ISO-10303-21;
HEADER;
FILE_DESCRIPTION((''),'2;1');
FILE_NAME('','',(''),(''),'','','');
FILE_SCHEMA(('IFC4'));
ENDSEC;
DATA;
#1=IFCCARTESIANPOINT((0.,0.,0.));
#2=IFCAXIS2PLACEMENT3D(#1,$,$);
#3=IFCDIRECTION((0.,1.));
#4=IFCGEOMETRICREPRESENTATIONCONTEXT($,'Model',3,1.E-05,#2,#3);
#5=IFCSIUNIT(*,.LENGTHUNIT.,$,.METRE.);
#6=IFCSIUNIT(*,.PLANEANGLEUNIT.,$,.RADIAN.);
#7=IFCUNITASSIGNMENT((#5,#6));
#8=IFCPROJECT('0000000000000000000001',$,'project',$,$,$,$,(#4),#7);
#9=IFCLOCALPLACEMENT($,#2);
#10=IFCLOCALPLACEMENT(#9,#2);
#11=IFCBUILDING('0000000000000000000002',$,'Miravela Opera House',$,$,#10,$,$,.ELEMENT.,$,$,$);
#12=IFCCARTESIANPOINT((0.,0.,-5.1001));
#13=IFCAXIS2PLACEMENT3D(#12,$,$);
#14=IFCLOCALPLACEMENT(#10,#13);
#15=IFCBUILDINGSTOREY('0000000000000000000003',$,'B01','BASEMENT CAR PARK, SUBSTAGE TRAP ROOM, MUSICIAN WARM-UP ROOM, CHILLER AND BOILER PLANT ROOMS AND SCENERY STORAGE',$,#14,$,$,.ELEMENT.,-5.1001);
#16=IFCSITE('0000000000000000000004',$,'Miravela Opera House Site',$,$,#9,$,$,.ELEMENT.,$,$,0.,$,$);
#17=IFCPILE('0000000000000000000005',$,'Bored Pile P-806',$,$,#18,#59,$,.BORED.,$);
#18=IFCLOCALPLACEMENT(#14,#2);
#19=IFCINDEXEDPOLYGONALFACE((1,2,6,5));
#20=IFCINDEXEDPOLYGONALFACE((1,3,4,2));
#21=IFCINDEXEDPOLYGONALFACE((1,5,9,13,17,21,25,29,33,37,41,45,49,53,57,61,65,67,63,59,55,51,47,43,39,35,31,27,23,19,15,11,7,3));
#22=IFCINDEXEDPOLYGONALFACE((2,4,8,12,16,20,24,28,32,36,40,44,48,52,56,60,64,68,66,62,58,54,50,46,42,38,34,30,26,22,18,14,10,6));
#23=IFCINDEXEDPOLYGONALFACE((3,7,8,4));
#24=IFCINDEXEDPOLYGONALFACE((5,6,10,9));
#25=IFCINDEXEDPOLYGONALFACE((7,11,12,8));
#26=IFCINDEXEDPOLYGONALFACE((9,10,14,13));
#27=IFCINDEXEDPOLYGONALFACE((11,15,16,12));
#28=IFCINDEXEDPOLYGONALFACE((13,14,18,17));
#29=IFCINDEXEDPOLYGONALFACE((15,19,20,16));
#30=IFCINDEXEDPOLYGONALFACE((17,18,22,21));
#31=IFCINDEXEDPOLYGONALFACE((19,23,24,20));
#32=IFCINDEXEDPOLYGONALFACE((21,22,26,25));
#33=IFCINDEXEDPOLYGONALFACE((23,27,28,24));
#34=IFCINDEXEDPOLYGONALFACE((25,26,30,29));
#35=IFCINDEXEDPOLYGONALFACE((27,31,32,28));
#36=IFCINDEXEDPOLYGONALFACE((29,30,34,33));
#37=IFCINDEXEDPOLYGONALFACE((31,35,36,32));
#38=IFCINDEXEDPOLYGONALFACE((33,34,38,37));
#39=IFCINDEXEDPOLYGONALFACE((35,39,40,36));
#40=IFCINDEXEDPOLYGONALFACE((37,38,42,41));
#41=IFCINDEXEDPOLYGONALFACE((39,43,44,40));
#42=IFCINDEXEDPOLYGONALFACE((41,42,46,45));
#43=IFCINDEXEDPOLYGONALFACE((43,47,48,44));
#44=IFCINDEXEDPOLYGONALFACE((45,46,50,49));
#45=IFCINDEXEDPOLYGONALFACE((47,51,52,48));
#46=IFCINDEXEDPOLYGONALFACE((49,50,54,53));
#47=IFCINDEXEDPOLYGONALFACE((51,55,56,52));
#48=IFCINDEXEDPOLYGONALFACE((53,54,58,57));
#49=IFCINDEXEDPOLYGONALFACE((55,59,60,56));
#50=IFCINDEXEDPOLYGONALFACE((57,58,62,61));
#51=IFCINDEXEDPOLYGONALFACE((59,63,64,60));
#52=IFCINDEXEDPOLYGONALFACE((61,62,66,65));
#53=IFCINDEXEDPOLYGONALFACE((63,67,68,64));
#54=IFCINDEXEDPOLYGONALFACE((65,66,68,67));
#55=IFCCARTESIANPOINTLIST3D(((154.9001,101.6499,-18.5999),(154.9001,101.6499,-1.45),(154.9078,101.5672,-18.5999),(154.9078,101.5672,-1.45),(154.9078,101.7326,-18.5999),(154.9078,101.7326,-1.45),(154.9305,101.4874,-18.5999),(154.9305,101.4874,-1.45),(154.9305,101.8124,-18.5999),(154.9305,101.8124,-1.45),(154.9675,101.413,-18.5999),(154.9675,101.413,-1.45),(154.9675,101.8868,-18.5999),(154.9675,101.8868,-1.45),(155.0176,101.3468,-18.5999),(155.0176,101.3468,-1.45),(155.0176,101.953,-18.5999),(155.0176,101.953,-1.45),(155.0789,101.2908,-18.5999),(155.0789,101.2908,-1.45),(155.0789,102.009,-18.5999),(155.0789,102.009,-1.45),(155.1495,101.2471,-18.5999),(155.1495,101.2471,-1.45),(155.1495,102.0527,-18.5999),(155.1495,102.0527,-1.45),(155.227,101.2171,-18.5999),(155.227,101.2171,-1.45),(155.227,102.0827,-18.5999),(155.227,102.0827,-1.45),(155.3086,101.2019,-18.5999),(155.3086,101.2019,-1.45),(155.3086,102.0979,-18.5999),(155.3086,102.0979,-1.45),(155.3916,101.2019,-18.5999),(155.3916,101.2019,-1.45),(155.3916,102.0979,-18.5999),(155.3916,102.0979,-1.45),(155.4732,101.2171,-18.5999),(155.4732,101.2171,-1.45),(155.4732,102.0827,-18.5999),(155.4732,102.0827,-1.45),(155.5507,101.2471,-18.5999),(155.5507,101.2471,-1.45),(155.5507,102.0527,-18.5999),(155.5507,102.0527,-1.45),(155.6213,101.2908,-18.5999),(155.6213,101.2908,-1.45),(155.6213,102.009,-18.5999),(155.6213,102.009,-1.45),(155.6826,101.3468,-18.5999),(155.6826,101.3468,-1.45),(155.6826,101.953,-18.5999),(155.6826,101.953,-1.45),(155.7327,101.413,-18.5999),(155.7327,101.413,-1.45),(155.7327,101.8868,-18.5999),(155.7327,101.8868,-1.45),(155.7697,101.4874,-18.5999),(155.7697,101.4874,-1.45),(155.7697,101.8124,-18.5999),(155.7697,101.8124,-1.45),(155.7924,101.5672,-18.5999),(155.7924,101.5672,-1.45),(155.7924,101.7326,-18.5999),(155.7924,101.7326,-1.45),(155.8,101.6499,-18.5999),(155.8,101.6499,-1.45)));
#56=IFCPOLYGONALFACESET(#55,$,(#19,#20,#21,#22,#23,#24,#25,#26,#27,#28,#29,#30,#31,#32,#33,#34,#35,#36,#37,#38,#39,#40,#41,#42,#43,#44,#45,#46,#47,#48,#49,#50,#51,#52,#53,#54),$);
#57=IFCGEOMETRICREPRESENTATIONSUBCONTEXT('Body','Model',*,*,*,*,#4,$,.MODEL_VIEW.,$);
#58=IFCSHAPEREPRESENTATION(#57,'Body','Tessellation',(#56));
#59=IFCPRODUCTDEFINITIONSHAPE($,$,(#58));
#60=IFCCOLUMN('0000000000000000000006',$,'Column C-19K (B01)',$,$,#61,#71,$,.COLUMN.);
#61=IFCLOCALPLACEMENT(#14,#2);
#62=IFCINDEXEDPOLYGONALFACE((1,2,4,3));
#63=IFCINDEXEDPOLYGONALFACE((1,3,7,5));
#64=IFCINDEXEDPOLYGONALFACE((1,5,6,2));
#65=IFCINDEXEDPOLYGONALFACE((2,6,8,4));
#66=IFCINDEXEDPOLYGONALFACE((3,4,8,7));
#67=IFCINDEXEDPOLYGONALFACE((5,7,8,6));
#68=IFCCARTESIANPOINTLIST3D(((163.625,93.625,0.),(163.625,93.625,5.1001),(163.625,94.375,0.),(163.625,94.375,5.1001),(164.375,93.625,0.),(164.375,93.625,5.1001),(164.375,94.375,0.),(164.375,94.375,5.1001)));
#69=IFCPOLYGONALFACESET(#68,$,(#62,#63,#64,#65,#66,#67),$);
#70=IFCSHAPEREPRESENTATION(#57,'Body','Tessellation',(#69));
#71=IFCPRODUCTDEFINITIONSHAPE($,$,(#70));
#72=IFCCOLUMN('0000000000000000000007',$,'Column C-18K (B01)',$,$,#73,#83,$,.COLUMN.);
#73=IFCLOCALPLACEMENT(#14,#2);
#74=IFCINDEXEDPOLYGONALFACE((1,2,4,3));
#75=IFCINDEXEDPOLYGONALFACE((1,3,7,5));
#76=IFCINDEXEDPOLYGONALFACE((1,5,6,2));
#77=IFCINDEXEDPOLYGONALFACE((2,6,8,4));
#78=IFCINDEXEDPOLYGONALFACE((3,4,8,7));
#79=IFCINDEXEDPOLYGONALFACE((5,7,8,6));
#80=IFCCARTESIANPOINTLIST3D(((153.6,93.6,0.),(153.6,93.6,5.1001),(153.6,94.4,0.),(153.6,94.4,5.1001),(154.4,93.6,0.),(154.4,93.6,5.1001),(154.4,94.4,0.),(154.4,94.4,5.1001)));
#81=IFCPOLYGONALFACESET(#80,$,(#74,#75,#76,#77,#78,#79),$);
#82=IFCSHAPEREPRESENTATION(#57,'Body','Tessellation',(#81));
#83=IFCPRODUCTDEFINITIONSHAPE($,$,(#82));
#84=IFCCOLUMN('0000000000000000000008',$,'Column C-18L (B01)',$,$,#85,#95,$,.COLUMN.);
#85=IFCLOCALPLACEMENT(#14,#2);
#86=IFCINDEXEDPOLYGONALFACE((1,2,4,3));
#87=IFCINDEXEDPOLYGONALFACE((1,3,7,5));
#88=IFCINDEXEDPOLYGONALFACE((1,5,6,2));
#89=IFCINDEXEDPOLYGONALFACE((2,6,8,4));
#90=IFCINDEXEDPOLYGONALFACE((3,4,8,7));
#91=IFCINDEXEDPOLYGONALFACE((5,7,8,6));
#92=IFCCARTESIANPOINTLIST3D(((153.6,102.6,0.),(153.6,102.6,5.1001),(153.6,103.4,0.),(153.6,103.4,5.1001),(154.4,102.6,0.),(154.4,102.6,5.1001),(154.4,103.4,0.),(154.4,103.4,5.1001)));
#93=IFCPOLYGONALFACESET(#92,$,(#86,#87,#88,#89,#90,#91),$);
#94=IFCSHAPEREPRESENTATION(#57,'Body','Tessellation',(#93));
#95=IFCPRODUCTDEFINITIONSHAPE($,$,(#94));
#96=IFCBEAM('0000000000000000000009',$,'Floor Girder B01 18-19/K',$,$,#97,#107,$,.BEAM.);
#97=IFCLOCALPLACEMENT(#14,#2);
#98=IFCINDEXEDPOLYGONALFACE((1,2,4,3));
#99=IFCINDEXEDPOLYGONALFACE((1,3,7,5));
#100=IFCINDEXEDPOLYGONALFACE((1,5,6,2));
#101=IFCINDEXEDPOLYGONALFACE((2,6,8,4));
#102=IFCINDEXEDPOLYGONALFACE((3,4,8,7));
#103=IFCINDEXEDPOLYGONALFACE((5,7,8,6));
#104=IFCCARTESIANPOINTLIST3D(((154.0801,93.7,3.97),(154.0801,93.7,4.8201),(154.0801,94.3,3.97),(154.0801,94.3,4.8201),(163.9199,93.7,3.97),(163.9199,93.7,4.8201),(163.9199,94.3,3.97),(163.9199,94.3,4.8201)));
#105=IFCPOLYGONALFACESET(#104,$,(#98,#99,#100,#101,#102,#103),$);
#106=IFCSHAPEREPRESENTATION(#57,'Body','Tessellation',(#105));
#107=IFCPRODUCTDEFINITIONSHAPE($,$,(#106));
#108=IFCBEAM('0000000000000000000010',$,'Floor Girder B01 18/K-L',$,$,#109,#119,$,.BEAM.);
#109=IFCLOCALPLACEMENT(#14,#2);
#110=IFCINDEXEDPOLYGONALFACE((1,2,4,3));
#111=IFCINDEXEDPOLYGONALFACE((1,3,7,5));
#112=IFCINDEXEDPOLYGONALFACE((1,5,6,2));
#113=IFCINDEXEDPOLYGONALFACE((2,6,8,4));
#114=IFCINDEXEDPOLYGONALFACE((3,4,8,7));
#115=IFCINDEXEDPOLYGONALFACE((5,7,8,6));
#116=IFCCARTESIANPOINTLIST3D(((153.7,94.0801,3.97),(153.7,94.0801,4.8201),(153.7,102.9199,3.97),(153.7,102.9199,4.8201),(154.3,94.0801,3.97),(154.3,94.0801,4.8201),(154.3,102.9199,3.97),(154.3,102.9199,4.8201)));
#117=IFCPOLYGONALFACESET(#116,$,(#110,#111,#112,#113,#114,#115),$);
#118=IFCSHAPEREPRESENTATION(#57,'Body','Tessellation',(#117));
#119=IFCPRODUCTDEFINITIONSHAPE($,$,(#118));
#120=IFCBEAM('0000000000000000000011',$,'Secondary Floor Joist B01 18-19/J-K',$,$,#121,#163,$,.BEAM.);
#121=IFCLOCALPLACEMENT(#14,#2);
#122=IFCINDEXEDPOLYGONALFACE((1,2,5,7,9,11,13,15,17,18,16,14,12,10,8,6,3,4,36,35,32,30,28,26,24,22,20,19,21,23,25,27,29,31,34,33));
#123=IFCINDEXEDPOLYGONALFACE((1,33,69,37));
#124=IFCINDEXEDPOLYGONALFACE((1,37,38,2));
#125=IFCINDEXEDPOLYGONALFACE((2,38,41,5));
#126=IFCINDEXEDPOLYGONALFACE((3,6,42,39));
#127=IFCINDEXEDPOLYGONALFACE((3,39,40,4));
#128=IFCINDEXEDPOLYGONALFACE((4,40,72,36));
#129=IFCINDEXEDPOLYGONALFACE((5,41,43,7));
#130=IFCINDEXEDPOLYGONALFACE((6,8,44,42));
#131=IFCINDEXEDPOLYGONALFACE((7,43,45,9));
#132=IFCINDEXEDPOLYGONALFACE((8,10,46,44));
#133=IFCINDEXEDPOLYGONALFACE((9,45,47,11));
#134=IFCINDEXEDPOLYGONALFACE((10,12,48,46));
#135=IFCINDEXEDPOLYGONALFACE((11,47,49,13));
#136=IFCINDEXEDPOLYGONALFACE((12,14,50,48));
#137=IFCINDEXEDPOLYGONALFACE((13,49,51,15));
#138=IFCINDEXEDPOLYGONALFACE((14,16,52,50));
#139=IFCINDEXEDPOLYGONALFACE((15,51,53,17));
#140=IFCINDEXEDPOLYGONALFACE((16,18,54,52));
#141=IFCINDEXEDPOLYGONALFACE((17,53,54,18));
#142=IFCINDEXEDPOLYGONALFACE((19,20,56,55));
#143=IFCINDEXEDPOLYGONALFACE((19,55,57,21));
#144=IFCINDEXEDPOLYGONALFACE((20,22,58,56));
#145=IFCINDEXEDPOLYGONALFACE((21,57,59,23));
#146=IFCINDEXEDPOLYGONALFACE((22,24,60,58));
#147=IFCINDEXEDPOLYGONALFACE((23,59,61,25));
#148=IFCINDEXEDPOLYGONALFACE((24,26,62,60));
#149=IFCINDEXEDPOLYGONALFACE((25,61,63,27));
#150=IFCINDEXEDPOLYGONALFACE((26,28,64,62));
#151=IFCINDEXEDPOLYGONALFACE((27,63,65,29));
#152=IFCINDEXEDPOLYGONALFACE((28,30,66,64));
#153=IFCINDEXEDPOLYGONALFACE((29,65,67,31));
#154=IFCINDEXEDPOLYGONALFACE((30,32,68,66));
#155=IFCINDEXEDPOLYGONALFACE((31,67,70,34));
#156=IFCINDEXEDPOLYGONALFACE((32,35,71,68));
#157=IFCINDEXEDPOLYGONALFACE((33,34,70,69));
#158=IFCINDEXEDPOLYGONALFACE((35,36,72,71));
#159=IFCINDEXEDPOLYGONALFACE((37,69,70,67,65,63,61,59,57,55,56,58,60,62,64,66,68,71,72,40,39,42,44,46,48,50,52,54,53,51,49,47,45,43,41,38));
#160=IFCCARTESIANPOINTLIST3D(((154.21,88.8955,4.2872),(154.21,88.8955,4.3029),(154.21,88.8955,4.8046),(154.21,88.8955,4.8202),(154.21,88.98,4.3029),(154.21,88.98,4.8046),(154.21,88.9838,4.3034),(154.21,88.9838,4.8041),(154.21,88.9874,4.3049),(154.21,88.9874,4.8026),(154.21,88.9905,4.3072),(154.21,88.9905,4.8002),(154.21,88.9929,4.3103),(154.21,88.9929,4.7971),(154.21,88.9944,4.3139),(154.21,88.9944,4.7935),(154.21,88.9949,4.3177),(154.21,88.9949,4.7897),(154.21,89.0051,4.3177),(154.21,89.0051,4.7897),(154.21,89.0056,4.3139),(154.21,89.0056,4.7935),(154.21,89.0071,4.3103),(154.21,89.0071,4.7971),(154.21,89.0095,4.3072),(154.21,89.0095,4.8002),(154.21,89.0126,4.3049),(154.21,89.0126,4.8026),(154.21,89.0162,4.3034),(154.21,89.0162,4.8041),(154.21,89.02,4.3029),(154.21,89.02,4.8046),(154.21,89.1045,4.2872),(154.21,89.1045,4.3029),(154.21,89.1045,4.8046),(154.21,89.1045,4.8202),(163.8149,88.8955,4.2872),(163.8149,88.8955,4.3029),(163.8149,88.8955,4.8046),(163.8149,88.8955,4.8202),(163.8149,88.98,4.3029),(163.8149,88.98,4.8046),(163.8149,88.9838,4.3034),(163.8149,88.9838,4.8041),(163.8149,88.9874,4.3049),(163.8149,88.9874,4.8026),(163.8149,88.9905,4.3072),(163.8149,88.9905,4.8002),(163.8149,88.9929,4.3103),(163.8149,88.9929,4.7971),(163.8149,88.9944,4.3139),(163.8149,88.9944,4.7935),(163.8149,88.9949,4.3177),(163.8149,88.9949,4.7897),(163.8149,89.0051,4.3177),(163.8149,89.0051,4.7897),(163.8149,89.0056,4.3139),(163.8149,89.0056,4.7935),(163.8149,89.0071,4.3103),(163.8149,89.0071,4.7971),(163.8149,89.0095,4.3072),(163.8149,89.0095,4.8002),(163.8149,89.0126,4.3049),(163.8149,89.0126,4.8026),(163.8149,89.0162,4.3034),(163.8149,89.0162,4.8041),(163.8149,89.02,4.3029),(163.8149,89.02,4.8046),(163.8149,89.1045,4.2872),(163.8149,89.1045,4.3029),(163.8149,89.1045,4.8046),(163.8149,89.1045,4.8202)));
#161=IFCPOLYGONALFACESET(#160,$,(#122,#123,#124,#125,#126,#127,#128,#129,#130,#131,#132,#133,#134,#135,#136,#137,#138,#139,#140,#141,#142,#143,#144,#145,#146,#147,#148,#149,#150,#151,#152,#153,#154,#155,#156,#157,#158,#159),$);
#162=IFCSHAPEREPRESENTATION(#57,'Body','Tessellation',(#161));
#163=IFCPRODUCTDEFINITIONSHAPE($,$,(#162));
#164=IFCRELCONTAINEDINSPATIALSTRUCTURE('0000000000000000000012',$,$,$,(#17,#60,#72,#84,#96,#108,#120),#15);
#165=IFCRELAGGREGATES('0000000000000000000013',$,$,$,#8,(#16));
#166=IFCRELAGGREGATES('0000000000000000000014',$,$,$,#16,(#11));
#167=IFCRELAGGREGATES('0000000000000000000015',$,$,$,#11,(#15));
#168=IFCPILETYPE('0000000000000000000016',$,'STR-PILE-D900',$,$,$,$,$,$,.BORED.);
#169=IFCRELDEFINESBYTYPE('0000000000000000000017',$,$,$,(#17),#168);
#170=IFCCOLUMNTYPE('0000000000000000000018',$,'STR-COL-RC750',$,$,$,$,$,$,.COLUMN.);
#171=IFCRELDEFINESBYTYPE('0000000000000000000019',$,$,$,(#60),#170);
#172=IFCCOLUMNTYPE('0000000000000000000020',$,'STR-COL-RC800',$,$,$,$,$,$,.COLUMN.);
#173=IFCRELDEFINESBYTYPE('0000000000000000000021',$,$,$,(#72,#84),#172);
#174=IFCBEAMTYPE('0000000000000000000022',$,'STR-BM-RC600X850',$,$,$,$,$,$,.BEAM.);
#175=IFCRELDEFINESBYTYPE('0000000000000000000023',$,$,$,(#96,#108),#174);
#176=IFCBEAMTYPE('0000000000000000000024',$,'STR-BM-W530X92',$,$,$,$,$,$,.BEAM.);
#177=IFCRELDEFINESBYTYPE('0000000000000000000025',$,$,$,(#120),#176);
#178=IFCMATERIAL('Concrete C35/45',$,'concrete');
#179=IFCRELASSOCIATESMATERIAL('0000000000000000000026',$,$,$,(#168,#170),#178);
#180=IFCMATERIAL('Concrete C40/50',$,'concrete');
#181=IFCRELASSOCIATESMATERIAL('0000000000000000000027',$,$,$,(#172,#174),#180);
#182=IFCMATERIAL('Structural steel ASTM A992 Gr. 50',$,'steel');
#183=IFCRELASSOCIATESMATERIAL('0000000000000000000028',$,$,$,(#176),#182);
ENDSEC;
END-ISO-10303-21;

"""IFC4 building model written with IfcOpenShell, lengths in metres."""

from ifc_helpers import new_model, si_unit, direction, frame, origin, origin_2d, place, context, subcontext, project, spatial, rectangle, circle, i_section, extrude, material, material_profile, profile_set, type_object, element, save


model = new_model("IFC4")

# Units and contexts
model_context = context("Model", 3, precision=1e-05, world=origin(), true_north=direction((0.0, 1.0)))
body_context = subcontext(model_context, "Body", "Model", "MODEL_VIEW")
ifc_project = project(units=[si_unit("LENGTHUNIT", "METRE"), si_unit("PLANEANGLEUNIT", "RADIAN")], contexts=[model_context])

# Site, building, storey
site_placement = place(None, origin())
site = spatial("IfcSite", under=ifc_project, at=site_placement, Name="Miravela Opera House Site", CompositionType="ELEMENT", RefElevation=0.0)
building_placement = place(site_placement, origin())
building = spatial("IfcBuilding", under=site, at=building_placement, Name="Miravela Opera House", CompositionType="ELEMENT")
storey_placement = place(building_placement, frame((0.0, 0.0, -5.1001)))
storey = spatial("IfcBuildingStorey", under=building, at=storey_placement, Name="B01", Description="BASEMENT CAR PARK, SUBSTAGE TRAP ROOM, MUSICIAN WARM-UP ROOM, CHILLER AND BOILER PLANT ROOMS AND SCENERY STORAGE", CompositionType="ELEMENT", Elevation=-5.1001)

# Shared definitions
ifc_material_1 = material(Name="Concrete C35/45", Category="concrete")

# Pile
ifc_material_profile_1 = material_profile(ifc_material_1, circle(Radius=0.45, at=origin_2d()), Name="PILE-D900")
ifc_profile_set_1 = profile_set([ifc_material_profile_1])
pile_type_1 = type_object("IfcPileType", Name="STR-PILE-D900", PredefinedType="BORED", material=ifc_profile_set_1)
for number, where, z_axis, x_axis, name in (
    (1, (155.3501, 101.6499, -1.45), (0.0, 0.0, -1.0), (1.0, 0.0, 0.0), "Bored Pile P-806"),
):
    element("IfcPile", number, at=place(storey_placement, frame(where, z_axis=z_axis, x_axis=x_axis)), inside=storey, type_object=pile_type_1, Name=name, PredefinedType="BORED", context=body_context, shape_type="SweptSolid", body=[
        extrude(circle(Radius=0.45, at=origin_2d()), origin(), (0.0, 0.0, 1.0), 17.1499),
    ])

# Columns
ifc_material_profile_2 = material_profile(ifc_material_1, rectangle(XDim=0.75, YDim=0.75, at=origin_2d()), Name="RC-COL-750X750")
ifc_profile_set_2 = profile_set([ifc_material_profile_2])
column_type_1 = type_object("IfcColumnType", Name="STR-COL-RC750", PredefinedType="COLUMN", material=ifc_profile_set_2)
column_placement = place(storey_placement, frame((164.0, 94.0, 0.0), z_axis=(0.0, 0.0, 1.0), x_axis=(1.0, 0.0, 0.0)))
element("IfcColumn", 2, at=column_placement, inside=storey, type_object=column_type_1, Name="Column C-19K (B01)", PredefinedType="COLUMN", context=body_context, shape_type="SweptSolid", body=[
    extrude(rectangle(XDim=0.75, YDim=0.75, at=origin_2d()), origin(), (0.0, 0.0, 1.0), 5.1001),
])
ifc_material_2 = material(Name="Concrete C40/50", Category="concrete")
ifc_material_profile_3 = material_profile(ifc_material_2, rectangle(XDim=0.8, YDim=0.8, at=origin_2d()), Name="RC-COL-800X800")
ifc_profile_set_3 = profile_set([ifc_material_profile_3])
column_type_2 = type_object("IfcColumnType", Name="STR-COL-RC800", PredefinedType="COLUMN", material=ifc_profile_set_3)
for number, where, z_axis, x_axis, name in (
    (3, (154.0, 94.0, 0.0), (0.0, 0.0, 1.0), (1.0, 0.0, 0.0), "Column C-18K (B01)"),
    (4, (154.0, 103.0, 0.0), (0.0, 0.0, 1.0), (1.0, 0.0, 0.0), "Column C-18L (B01)"),
):
    element("IfcColumn", number, at=place(storey_placement, frame(where, z_axis=z_axis, x_axis=x_axis)), inside=storey, type_object=column_type_2, Name=name, PredefinedType="COLUMN", context=body_context, shape_type="SweptSolid", body=[
        extrude(rectangle(XDim=0.8, YDim=0.8, at=origin_2d()), origin(), (0.0, 0.0, 1.0), 5.1001),
    ])

# Beams
ifc_material_profile_4 = material_profile(ifc_material_2, rectangle(XDim=0.6001, YDim=0.8501, at=origin_2d()), Name="RC-BM-600X850")
ifc_profile_set_4 = profile_set([ifc_material_profile_4])
beam_type_1 = type_object("IfcBeamType", Name="STR-BM-RC600X850", PredefinedType="BEAM", material=ifc_profile_set_4)
beam_1_placement = place(storey_placement, frame((154.0801, 94.0, 4.395), z_axis=(1.0, 0.0, 0.0), x_axis=(0.0, 1.0, 0.0)))
element("IfcBeam", 5, at=beam_1_placement, inside=storey, type_object=beam_type_1, Name="Floor Girder B01 18-19/K", PredefinedType="BEAM", context=body_context, shape_type="SweptSolid", body=[
    extrude(rectangle(XDim=0.6001, YDim=0.8501, at=origin_2d()), origin(), (0.0, 0.0, 1.0), 9.8398),
])
beam_2_placement = place(storey_placement, frame((154.0, 94.0801, 4.395), z_axis=(0.0, 1.0, 0.0), x_axis=(-1.0, 0.0, 0.0)))
element("IfcBeam", 6, at=beam_2_placement, inside=storey, type_object=beam_type_1, Name="Floor Girder B01 18/K-L", PredefinedType="BEAM", context=body_context, shape_type="SweptSolid", body=[
    extrude(rectangle(XDim=0.6001, YDim=0.8501, at=origin_2d()), origin(), (0.0, 0.0, 1.0), 8.8398),
])
ifc_material_3 = material(Name="Structural steel ASTM A992 Gr. 50", Category="steel")
ifc_material_profile_5 = material_profile(ifc_material_3, i_section(OverallWidth=0.209, OverallDepth=0.533, WebThickness=0.0103, FlangeThickness=0.0156, FilletRadius=0.0149, at=origin_2d()), Name="W530X92")
ifc_profile_set_5 = profile_set([ifc_material_profile_5])
beam_type_2 = type_object("IfcBeamType", Name="STR-BM-W530X92", PredefinedType="BEAM", material=ifc_profile_set_5)
beam_3_placement = place(storey_placement, frame((154.21, 89.0, 4.5537), z_axis=(1.0, 0.0, 0.0), x_axis=(0.0, 1.0, 0.0)))
element("IfcBeam", 7, at=beam_3_placement, inside=storey, type_object=beam_type_2, Name="Secondary Floor Joist B01 18-19/J-K", PredefinedType="BEAM", context=body_context, shape_type="SweptSolid", body=[
    extrude(i_section(OverallWidth=0.209, OverallDepth=0.533, WebThickness=0.0103, FlangeThickness=0.0156, FilletRadius=0.0149, at=origin_2d()), origin(), (0.0, 0.0, 1.0), 9.605),
])

save(model, "model.ifc")
